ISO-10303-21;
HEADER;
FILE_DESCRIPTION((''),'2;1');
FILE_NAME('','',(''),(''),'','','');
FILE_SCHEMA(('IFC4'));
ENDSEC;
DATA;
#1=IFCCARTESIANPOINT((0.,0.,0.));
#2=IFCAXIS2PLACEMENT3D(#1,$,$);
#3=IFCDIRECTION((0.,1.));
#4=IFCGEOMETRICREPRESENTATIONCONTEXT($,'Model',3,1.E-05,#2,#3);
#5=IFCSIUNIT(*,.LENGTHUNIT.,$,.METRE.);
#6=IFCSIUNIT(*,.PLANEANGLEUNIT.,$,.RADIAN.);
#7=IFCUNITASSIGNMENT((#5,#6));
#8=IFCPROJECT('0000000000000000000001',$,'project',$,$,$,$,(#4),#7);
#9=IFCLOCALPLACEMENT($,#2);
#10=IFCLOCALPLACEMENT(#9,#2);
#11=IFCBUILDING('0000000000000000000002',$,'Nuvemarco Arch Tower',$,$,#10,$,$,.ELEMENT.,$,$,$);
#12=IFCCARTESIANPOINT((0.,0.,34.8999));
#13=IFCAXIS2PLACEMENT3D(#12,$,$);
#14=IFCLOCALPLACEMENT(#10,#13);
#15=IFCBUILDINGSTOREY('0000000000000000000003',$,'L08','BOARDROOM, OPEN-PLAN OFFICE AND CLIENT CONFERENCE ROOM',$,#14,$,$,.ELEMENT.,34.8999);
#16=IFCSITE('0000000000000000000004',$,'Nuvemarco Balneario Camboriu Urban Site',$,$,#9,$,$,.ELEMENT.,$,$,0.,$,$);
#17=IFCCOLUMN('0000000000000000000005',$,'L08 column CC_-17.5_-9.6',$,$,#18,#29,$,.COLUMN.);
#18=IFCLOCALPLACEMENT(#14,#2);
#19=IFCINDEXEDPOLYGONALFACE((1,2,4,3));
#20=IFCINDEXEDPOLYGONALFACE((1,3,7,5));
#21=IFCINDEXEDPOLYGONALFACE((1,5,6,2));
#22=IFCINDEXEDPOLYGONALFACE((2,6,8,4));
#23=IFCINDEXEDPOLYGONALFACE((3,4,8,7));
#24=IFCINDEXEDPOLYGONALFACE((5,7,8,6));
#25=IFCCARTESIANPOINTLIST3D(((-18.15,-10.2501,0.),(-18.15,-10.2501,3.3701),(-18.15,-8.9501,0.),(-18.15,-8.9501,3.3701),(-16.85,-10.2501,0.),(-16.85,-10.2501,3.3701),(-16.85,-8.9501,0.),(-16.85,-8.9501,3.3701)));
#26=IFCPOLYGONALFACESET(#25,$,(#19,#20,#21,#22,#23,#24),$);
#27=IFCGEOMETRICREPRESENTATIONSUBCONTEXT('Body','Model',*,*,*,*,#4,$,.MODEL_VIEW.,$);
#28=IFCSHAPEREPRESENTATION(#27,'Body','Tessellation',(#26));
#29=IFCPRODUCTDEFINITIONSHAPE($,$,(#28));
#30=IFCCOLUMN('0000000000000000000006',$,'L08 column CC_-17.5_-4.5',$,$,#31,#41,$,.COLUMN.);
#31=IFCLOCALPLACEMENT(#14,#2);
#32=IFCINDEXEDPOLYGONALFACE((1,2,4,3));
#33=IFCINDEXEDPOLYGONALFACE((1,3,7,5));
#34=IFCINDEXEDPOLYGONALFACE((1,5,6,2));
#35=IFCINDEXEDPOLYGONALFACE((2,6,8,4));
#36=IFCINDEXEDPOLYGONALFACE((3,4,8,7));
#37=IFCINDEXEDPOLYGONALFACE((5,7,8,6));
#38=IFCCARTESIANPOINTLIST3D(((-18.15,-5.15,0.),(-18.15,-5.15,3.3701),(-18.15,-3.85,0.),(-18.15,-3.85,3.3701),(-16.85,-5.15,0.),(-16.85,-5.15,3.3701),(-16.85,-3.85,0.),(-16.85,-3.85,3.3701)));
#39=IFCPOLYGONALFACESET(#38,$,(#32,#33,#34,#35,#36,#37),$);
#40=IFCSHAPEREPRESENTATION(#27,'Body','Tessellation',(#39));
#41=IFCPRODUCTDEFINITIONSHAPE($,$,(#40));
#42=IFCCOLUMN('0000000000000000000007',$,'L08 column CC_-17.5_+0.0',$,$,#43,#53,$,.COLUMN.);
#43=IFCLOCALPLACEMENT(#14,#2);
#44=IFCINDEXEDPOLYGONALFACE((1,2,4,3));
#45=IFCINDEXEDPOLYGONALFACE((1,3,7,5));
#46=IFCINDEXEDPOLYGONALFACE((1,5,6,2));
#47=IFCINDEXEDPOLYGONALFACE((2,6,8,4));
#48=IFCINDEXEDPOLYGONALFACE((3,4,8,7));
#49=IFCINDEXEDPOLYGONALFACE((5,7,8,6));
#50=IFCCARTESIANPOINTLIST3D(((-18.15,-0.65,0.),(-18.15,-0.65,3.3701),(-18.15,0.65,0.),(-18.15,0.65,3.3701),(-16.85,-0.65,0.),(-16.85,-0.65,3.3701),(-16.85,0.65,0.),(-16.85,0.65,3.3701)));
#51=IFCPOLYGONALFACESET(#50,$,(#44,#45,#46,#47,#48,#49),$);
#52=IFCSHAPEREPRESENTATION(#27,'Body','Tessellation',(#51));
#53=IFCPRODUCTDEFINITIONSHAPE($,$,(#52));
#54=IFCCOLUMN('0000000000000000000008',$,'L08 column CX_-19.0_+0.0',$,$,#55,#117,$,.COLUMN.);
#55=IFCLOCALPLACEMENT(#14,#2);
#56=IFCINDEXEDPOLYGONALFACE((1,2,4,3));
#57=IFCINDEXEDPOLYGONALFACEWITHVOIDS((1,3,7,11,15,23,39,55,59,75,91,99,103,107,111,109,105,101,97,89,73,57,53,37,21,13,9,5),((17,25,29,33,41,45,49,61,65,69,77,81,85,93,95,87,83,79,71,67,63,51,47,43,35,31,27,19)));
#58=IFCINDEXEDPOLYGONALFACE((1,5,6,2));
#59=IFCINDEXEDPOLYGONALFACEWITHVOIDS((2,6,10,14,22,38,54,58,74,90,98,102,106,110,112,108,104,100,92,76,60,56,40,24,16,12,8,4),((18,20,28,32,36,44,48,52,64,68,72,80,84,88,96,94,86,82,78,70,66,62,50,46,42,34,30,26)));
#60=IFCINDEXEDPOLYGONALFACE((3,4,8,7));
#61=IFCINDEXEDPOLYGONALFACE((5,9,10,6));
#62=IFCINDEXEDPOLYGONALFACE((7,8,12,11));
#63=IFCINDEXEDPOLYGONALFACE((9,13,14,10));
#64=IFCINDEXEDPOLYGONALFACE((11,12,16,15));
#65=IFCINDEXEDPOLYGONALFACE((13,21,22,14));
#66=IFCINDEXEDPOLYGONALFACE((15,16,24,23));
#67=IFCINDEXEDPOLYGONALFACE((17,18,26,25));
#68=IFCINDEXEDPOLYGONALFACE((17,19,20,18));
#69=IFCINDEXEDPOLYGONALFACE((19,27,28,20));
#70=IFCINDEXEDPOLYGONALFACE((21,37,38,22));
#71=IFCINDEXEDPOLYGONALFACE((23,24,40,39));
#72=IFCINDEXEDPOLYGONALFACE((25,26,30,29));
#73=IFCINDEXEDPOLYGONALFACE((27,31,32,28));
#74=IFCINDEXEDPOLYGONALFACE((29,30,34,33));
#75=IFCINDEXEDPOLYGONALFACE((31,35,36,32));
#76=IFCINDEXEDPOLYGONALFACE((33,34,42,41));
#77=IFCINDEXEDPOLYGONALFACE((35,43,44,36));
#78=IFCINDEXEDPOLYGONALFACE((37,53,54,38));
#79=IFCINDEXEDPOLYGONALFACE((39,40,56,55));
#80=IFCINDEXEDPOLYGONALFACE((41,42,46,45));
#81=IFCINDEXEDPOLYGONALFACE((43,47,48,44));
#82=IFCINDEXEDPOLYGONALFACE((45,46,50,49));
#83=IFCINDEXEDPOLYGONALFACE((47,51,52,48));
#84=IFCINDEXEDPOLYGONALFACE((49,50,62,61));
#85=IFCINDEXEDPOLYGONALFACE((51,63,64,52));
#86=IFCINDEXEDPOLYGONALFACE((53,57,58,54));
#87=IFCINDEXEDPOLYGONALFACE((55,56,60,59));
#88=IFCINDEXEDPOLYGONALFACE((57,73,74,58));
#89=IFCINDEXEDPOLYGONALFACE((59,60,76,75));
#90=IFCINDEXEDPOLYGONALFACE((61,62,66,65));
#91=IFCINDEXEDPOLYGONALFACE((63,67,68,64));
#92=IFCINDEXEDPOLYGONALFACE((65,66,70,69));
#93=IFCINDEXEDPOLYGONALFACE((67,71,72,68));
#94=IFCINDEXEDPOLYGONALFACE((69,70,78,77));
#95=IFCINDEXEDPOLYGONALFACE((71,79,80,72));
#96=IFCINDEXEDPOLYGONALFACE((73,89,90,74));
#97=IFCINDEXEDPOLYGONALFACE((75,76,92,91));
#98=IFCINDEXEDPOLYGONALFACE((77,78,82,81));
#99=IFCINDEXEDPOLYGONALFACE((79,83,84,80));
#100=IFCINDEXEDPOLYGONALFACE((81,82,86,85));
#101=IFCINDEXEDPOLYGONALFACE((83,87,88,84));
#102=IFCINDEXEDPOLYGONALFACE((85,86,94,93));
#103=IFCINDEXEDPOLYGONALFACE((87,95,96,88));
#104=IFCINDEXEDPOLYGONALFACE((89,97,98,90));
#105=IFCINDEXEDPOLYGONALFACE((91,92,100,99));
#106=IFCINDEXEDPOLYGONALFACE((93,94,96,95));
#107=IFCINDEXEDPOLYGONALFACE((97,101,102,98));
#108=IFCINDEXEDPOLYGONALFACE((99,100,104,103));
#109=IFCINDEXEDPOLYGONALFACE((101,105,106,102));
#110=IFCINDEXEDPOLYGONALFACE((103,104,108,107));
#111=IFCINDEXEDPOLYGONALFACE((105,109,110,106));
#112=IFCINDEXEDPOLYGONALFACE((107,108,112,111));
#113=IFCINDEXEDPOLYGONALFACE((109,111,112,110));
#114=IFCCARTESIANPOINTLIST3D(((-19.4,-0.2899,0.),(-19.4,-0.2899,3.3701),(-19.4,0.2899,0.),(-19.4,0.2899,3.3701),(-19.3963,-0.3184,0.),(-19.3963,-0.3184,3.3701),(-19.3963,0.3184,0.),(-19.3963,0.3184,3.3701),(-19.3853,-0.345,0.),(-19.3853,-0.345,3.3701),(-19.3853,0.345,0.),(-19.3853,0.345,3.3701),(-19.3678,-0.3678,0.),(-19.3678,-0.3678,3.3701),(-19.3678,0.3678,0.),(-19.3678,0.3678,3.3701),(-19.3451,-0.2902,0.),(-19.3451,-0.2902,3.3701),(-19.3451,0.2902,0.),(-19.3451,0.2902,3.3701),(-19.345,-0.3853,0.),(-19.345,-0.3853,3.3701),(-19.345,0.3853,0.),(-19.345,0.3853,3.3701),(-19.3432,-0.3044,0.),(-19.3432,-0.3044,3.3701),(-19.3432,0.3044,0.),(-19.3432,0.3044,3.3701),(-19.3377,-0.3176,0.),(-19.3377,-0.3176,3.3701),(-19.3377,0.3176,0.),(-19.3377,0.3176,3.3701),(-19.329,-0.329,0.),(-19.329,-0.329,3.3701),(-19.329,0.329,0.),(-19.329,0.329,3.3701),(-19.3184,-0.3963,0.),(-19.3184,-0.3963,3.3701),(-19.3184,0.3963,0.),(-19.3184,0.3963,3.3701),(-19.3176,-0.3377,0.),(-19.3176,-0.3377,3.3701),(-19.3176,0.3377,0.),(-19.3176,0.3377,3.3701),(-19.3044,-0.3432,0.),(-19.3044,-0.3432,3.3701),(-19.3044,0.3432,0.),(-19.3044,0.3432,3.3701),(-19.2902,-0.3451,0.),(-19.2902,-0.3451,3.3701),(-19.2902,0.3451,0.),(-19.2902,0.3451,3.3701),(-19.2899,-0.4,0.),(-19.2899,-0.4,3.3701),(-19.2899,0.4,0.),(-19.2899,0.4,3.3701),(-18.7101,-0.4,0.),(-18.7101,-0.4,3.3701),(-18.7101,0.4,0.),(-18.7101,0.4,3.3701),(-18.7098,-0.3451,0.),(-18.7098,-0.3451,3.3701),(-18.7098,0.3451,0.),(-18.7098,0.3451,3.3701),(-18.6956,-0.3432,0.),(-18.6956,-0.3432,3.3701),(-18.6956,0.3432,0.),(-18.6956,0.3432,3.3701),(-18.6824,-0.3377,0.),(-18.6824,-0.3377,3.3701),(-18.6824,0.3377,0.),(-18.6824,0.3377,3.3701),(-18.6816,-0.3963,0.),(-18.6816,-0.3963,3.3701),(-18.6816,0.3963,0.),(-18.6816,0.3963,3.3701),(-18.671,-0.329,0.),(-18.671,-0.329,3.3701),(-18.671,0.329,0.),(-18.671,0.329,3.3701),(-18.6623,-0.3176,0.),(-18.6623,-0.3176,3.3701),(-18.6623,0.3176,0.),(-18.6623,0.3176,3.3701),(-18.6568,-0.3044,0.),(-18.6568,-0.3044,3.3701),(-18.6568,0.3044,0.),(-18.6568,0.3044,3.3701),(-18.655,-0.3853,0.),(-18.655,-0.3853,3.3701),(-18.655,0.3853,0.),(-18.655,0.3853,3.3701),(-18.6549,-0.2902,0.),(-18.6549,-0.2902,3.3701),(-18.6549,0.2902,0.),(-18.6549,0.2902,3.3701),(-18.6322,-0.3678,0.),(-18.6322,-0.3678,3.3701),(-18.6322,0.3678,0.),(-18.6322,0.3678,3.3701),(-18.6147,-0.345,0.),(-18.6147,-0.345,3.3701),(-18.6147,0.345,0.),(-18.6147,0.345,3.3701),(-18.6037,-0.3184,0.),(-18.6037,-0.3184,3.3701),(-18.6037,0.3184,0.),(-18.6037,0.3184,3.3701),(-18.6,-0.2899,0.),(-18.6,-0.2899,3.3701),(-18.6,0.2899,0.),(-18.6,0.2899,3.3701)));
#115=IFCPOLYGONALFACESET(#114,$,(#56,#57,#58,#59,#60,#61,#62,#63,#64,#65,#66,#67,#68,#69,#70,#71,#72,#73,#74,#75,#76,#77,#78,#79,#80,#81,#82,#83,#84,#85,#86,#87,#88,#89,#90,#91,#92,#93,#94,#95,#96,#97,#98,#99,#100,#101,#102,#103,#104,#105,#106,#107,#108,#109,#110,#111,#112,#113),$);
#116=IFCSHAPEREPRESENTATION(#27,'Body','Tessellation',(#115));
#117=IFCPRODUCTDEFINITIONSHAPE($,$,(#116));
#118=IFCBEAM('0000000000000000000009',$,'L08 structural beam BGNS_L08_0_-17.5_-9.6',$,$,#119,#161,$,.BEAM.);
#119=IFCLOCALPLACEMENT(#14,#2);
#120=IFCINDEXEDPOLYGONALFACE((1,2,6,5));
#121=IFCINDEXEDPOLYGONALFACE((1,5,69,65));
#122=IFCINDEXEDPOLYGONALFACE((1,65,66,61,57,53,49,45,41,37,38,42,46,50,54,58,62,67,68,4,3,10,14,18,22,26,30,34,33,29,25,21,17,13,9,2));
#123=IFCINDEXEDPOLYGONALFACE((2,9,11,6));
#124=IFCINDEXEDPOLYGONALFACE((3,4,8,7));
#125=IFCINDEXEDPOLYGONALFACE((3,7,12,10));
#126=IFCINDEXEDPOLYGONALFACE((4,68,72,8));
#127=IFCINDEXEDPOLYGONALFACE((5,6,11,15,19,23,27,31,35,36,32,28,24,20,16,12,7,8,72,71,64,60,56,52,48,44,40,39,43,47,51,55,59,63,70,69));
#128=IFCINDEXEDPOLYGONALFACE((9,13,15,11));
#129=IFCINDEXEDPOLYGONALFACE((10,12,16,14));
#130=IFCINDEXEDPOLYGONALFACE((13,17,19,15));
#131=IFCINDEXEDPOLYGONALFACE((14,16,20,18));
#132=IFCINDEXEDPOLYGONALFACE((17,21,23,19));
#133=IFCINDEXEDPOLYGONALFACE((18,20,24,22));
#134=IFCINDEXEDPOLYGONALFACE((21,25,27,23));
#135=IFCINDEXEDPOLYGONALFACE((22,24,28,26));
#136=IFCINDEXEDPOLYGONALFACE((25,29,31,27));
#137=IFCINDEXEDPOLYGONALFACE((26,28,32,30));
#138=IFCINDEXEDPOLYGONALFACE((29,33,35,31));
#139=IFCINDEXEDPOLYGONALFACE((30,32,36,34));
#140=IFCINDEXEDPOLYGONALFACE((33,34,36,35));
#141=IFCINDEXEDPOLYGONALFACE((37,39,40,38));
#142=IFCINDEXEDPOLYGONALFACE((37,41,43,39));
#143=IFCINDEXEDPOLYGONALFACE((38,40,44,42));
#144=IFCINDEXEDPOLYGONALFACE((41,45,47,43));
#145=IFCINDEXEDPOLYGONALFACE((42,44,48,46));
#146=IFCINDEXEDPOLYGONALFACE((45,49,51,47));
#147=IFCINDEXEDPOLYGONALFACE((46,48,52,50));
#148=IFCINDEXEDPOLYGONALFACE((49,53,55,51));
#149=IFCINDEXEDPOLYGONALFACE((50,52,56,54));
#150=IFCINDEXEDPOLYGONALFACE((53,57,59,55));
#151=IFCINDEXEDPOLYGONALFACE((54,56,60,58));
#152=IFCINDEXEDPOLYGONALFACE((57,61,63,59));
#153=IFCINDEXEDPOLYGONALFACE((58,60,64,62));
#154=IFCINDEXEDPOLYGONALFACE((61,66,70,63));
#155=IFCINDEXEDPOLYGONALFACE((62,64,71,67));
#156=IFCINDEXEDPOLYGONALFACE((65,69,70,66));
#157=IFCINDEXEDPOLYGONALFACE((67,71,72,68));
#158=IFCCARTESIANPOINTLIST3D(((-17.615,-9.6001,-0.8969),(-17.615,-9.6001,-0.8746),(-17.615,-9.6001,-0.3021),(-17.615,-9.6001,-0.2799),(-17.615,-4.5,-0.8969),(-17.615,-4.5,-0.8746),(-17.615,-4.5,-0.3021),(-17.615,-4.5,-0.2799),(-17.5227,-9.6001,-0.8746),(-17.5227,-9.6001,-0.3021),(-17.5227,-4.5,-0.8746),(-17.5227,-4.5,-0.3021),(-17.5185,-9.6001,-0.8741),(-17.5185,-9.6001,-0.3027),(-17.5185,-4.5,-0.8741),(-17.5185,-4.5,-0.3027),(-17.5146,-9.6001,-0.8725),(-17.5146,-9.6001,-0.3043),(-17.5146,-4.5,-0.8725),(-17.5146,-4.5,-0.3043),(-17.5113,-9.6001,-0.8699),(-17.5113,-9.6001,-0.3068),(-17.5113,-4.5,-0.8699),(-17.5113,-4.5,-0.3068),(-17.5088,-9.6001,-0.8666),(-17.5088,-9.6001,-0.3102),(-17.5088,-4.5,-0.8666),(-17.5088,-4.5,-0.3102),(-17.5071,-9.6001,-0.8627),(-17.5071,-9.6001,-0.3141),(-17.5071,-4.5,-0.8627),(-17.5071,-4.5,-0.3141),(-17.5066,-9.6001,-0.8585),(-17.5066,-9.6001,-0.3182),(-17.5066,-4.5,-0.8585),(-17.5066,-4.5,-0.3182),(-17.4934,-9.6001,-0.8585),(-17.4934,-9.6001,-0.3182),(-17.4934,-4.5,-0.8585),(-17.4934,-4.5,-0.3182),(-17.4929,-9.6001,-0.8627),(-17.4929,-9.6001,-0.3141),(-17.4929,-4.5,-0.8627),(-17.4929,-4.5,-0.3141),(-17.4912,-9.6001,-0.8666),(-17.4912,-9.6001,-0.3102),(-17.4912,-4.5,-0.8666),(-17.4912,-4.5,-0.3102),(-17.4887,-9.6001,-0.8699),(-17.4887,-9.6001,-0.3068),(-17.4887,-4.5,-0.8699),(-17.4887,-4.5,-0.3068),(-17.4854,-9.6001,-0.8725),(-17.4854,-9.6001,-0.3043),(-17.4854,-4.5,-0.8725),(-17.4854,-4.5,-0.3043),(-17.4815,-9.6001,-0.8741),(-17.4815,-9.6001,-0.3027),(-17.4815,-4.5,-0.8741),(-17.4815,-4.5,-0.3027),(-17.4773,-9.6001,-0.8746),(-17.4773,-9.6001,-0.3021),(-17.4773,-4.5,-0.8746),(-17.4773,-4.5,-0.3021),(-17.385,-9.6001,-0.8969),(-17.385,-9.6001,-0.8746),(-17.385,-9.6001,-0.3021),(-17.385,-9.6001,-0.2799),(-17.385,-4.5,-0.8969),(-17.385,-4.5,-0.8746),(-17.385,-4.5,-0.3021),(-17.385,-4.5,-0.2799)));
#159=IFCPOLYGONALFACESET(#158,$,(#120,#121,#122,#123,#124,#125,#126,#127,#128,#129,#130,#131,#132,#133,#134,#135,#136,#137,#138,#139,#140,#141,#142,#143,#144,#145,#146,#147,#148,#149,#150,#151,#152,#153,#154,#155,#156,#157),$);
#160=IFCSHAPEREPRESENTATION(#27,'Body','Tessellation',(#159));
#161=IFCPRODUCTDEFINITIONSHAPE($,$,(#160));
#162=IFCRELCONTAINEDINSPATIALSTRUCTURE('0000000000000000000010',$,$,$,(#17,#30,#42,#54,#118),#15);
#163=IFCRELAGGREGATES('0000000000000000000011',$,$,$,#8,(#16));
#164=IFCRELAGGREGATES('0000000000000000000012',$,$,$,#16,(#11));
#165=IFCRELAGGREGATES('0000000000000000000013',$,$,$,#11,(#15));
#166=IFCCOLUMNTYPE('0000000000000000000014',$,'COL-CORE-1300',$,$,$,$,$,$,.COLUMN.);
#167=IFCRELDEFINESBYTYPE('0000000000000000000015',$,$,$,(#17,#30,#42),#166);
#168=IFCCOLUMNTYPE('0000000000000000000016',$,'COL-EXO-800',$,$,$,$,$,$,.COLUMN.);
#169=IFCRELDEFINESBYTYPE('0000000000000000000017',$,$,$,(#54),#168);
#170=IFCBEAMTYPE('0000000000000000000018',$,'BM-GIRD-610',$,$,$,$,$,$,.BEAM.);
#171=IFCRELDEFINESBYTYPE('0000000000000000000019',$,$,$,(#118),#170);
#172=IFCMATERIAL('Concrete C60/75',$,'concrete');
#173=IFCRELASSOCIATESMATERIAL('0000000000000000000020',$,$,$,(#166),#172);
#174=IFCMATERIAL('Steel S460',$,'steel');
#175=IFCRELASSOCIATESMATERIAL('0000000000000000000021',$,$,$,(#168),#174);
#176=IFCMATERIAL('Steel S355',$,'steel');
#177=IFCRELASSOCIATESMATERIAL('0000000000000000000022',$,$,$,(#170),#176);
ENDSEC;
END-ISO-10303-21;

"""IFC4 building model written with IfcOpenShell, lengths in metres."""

from ifc_helpers import new_model, si_unit, direction, frame, origin, origin_2d, place, context, subcontext, project, spatial, rectangle, hollow_rectangle, i_section, extrude, material, material_profile, profile_set, type_object, element, save


model = new_model("IFC4")

# Units and contexts
model_context = context("Model", 3, precision=1e-05, world=origin(), true_north=direction((0.0, 1.0)))
body_context = subcontext(model_context, "Body", "Model", "MODEL_VIEW")
ifc_project = project(units=[si_unit("LENGTHUNIT", "METRE"), si_unit("PLANEANGLEUNIT", "RADIAN")], contexts=[model_context])

# Site, building, storey
site_placement = place(None, origin())
site = spatial("IfcSite", under=ifc_project, at=site_placement, Name="Nuvemarco Balneario Camboriu Urban Site", CompositionType="ELEMENT", RefElevation=0.0)
building_placement = place(site_placement, origin())
building = spatial("IfcBuilding", under=site, at=building_placement, Name="Nuvemarco Arch Tower", CompositionType="ELEMENT")
storey_placement = place(building_placement, frame((0.0, 0.0, 34.8999)))
storey = spatial("IfcBuildingStorey", under=building, at=storey_placement, Name="L08", Description="BOARDROOM, OPEN-PLAN OFFICE AND CLIENT CONFERENCE ROOM", CompositionType="ELEMENT", Elevation=34.8999)

# Columns
ifc_material_1 = material(Name="Concrete C60/75", Category="concrete")
ifc_material_profile_1 = material_profile(ifc_material_1, rectangle(XDim=1.3, YDim=1.3, at=origin_2d()), Name="RC-COL-1300x1300")
ifc_profile_set_1 = profile_set([ifc_material_profile_1], Name="Concrete C60/75")
column_type_1 = type_object("IfcColumnType", Name="COL-CORE-1300", PredefinedType="COLUMN", material=ifc_profile_set_1)
for number, where, z_axis, x_axis, name in (
    (1, (-17.5, -9.6001, 0.0), (0.0, 0.0, 1.0), (1.0, 0.0, 0.0), "L08 column CC_-17.5_-9.6"),
    (2, (-17.5, -4.5, 0.0), (0.0, 0.0, 1.0), (1.0, 0.0, 0.0), "L08 column CC_-17.5_-4.5"),
    (3, (-17.5, 0.0, 0.0), (0.0, 0.0, 1.0), (1.0, 0.0, 0.0), "L08 column CC_-17.5_+0.0"),
):
    element("IfcColumn", number, at=place(storey_placement, frame(where, z_axis=z_axis, x_axis=x_axis)), inside=storey, type_object=column_type_1, Name=name, PredefinedType="COLUMN", context=body_context, shape_type="SweptSolid", body=[
        extrude(rectangle(XDim=1.3, YDim=1.3, at=origin_2d()), origin(), (0.0, 0.0, 1.0), 3.3701),
    ])
ifc_material_2 = material(Name="Steel S460", Category="steel")
ifc_material_profile_2 = material_profile(ifc_material_2, hollow_rectangle(XDim=0.8, YDim=0.8, WallThickness=0.0549, InnerFilletRadius=0.0549, OuterFilletRadius=0.1101, at=origin_2d()), Name="SHS800x800x55")
ifc_profile_set_2 = profile_set([ifc_material_profile_2], Name="Steel S460")
column_type_2 = type_object("IfcColumnType", Name="COL-EXO-800", PredefinedType="COLUMN", material=ifc_profile_set_2)
column_placement = place(storey_placement, frame((-19.0, 0.0, 0.0), z_axis=(0.0, 0.0, 1.0), x_axis=(1.0, 0.0, 0.0)))
element("IfcColumn", 4, at=column_placement, inside=storey, type_object=column_type_2, Name="L08 column CX_-19.0_+0.0", PredefinedType="COLUMN", context=body_context, shape_type="SweptSolid", body=[
    extrude(hollow_rectangle(XDim=0.8, YDim=0.8, WallThickness=0.0549, InnerFilletRadius=0.0549, OuterFilletRadius=0.1101, at=origin_2d()), origin(), (0.0, 0.0, 1.0), 3.3701),
])

# Beam
ifc_material_3 = material(Name="Steel S355", Category="steel")
ifc_material_profile_3 = material_profile(ifc_material_3, i_section(OverallWidth=0.23, OverallDepth=0.6169, WebThickness=0.0132, FlangeThickness=0.0222, FilletRadius=0.0161, at=origin_2d()), Name="W610x140")
ifc_profile_set_3 = profile_set([ifc_material_profile_3], Name="Steel S355")
beam_type_1 = type_object("IfcBeamType", Name="BM-GIRD-610", PredefinedType="BEAM", material=ifc_profile_set_3)
beam_1_placement = place(storey_placement, frame((-17.5, -9.6001, -0.5884), z_axis=(0.0, 1.0, 0.0), x_axis=(-1.0, 0.0, 0.0)))
element("IfcBeam", 5, at=beam_1_placement, inside=storey, type_object=beam_type_1, Name="L08 structural beam BGNS_L08_0_-17.5_-9.6", PredefinedType="BEAM", context=body_context, shape_type="SweptSolid", body=[
    extrude(i_section(OverallWidth=0.23, OverallDepth=0.6169, WebThickness=0.0132, FlangeThickness=0.0222, FilletRadius=0.0161, at=origin_2d()), origin(), (0.0, 0.0, 1.0), 5.1001),
])

save(model, "model.ifc")
